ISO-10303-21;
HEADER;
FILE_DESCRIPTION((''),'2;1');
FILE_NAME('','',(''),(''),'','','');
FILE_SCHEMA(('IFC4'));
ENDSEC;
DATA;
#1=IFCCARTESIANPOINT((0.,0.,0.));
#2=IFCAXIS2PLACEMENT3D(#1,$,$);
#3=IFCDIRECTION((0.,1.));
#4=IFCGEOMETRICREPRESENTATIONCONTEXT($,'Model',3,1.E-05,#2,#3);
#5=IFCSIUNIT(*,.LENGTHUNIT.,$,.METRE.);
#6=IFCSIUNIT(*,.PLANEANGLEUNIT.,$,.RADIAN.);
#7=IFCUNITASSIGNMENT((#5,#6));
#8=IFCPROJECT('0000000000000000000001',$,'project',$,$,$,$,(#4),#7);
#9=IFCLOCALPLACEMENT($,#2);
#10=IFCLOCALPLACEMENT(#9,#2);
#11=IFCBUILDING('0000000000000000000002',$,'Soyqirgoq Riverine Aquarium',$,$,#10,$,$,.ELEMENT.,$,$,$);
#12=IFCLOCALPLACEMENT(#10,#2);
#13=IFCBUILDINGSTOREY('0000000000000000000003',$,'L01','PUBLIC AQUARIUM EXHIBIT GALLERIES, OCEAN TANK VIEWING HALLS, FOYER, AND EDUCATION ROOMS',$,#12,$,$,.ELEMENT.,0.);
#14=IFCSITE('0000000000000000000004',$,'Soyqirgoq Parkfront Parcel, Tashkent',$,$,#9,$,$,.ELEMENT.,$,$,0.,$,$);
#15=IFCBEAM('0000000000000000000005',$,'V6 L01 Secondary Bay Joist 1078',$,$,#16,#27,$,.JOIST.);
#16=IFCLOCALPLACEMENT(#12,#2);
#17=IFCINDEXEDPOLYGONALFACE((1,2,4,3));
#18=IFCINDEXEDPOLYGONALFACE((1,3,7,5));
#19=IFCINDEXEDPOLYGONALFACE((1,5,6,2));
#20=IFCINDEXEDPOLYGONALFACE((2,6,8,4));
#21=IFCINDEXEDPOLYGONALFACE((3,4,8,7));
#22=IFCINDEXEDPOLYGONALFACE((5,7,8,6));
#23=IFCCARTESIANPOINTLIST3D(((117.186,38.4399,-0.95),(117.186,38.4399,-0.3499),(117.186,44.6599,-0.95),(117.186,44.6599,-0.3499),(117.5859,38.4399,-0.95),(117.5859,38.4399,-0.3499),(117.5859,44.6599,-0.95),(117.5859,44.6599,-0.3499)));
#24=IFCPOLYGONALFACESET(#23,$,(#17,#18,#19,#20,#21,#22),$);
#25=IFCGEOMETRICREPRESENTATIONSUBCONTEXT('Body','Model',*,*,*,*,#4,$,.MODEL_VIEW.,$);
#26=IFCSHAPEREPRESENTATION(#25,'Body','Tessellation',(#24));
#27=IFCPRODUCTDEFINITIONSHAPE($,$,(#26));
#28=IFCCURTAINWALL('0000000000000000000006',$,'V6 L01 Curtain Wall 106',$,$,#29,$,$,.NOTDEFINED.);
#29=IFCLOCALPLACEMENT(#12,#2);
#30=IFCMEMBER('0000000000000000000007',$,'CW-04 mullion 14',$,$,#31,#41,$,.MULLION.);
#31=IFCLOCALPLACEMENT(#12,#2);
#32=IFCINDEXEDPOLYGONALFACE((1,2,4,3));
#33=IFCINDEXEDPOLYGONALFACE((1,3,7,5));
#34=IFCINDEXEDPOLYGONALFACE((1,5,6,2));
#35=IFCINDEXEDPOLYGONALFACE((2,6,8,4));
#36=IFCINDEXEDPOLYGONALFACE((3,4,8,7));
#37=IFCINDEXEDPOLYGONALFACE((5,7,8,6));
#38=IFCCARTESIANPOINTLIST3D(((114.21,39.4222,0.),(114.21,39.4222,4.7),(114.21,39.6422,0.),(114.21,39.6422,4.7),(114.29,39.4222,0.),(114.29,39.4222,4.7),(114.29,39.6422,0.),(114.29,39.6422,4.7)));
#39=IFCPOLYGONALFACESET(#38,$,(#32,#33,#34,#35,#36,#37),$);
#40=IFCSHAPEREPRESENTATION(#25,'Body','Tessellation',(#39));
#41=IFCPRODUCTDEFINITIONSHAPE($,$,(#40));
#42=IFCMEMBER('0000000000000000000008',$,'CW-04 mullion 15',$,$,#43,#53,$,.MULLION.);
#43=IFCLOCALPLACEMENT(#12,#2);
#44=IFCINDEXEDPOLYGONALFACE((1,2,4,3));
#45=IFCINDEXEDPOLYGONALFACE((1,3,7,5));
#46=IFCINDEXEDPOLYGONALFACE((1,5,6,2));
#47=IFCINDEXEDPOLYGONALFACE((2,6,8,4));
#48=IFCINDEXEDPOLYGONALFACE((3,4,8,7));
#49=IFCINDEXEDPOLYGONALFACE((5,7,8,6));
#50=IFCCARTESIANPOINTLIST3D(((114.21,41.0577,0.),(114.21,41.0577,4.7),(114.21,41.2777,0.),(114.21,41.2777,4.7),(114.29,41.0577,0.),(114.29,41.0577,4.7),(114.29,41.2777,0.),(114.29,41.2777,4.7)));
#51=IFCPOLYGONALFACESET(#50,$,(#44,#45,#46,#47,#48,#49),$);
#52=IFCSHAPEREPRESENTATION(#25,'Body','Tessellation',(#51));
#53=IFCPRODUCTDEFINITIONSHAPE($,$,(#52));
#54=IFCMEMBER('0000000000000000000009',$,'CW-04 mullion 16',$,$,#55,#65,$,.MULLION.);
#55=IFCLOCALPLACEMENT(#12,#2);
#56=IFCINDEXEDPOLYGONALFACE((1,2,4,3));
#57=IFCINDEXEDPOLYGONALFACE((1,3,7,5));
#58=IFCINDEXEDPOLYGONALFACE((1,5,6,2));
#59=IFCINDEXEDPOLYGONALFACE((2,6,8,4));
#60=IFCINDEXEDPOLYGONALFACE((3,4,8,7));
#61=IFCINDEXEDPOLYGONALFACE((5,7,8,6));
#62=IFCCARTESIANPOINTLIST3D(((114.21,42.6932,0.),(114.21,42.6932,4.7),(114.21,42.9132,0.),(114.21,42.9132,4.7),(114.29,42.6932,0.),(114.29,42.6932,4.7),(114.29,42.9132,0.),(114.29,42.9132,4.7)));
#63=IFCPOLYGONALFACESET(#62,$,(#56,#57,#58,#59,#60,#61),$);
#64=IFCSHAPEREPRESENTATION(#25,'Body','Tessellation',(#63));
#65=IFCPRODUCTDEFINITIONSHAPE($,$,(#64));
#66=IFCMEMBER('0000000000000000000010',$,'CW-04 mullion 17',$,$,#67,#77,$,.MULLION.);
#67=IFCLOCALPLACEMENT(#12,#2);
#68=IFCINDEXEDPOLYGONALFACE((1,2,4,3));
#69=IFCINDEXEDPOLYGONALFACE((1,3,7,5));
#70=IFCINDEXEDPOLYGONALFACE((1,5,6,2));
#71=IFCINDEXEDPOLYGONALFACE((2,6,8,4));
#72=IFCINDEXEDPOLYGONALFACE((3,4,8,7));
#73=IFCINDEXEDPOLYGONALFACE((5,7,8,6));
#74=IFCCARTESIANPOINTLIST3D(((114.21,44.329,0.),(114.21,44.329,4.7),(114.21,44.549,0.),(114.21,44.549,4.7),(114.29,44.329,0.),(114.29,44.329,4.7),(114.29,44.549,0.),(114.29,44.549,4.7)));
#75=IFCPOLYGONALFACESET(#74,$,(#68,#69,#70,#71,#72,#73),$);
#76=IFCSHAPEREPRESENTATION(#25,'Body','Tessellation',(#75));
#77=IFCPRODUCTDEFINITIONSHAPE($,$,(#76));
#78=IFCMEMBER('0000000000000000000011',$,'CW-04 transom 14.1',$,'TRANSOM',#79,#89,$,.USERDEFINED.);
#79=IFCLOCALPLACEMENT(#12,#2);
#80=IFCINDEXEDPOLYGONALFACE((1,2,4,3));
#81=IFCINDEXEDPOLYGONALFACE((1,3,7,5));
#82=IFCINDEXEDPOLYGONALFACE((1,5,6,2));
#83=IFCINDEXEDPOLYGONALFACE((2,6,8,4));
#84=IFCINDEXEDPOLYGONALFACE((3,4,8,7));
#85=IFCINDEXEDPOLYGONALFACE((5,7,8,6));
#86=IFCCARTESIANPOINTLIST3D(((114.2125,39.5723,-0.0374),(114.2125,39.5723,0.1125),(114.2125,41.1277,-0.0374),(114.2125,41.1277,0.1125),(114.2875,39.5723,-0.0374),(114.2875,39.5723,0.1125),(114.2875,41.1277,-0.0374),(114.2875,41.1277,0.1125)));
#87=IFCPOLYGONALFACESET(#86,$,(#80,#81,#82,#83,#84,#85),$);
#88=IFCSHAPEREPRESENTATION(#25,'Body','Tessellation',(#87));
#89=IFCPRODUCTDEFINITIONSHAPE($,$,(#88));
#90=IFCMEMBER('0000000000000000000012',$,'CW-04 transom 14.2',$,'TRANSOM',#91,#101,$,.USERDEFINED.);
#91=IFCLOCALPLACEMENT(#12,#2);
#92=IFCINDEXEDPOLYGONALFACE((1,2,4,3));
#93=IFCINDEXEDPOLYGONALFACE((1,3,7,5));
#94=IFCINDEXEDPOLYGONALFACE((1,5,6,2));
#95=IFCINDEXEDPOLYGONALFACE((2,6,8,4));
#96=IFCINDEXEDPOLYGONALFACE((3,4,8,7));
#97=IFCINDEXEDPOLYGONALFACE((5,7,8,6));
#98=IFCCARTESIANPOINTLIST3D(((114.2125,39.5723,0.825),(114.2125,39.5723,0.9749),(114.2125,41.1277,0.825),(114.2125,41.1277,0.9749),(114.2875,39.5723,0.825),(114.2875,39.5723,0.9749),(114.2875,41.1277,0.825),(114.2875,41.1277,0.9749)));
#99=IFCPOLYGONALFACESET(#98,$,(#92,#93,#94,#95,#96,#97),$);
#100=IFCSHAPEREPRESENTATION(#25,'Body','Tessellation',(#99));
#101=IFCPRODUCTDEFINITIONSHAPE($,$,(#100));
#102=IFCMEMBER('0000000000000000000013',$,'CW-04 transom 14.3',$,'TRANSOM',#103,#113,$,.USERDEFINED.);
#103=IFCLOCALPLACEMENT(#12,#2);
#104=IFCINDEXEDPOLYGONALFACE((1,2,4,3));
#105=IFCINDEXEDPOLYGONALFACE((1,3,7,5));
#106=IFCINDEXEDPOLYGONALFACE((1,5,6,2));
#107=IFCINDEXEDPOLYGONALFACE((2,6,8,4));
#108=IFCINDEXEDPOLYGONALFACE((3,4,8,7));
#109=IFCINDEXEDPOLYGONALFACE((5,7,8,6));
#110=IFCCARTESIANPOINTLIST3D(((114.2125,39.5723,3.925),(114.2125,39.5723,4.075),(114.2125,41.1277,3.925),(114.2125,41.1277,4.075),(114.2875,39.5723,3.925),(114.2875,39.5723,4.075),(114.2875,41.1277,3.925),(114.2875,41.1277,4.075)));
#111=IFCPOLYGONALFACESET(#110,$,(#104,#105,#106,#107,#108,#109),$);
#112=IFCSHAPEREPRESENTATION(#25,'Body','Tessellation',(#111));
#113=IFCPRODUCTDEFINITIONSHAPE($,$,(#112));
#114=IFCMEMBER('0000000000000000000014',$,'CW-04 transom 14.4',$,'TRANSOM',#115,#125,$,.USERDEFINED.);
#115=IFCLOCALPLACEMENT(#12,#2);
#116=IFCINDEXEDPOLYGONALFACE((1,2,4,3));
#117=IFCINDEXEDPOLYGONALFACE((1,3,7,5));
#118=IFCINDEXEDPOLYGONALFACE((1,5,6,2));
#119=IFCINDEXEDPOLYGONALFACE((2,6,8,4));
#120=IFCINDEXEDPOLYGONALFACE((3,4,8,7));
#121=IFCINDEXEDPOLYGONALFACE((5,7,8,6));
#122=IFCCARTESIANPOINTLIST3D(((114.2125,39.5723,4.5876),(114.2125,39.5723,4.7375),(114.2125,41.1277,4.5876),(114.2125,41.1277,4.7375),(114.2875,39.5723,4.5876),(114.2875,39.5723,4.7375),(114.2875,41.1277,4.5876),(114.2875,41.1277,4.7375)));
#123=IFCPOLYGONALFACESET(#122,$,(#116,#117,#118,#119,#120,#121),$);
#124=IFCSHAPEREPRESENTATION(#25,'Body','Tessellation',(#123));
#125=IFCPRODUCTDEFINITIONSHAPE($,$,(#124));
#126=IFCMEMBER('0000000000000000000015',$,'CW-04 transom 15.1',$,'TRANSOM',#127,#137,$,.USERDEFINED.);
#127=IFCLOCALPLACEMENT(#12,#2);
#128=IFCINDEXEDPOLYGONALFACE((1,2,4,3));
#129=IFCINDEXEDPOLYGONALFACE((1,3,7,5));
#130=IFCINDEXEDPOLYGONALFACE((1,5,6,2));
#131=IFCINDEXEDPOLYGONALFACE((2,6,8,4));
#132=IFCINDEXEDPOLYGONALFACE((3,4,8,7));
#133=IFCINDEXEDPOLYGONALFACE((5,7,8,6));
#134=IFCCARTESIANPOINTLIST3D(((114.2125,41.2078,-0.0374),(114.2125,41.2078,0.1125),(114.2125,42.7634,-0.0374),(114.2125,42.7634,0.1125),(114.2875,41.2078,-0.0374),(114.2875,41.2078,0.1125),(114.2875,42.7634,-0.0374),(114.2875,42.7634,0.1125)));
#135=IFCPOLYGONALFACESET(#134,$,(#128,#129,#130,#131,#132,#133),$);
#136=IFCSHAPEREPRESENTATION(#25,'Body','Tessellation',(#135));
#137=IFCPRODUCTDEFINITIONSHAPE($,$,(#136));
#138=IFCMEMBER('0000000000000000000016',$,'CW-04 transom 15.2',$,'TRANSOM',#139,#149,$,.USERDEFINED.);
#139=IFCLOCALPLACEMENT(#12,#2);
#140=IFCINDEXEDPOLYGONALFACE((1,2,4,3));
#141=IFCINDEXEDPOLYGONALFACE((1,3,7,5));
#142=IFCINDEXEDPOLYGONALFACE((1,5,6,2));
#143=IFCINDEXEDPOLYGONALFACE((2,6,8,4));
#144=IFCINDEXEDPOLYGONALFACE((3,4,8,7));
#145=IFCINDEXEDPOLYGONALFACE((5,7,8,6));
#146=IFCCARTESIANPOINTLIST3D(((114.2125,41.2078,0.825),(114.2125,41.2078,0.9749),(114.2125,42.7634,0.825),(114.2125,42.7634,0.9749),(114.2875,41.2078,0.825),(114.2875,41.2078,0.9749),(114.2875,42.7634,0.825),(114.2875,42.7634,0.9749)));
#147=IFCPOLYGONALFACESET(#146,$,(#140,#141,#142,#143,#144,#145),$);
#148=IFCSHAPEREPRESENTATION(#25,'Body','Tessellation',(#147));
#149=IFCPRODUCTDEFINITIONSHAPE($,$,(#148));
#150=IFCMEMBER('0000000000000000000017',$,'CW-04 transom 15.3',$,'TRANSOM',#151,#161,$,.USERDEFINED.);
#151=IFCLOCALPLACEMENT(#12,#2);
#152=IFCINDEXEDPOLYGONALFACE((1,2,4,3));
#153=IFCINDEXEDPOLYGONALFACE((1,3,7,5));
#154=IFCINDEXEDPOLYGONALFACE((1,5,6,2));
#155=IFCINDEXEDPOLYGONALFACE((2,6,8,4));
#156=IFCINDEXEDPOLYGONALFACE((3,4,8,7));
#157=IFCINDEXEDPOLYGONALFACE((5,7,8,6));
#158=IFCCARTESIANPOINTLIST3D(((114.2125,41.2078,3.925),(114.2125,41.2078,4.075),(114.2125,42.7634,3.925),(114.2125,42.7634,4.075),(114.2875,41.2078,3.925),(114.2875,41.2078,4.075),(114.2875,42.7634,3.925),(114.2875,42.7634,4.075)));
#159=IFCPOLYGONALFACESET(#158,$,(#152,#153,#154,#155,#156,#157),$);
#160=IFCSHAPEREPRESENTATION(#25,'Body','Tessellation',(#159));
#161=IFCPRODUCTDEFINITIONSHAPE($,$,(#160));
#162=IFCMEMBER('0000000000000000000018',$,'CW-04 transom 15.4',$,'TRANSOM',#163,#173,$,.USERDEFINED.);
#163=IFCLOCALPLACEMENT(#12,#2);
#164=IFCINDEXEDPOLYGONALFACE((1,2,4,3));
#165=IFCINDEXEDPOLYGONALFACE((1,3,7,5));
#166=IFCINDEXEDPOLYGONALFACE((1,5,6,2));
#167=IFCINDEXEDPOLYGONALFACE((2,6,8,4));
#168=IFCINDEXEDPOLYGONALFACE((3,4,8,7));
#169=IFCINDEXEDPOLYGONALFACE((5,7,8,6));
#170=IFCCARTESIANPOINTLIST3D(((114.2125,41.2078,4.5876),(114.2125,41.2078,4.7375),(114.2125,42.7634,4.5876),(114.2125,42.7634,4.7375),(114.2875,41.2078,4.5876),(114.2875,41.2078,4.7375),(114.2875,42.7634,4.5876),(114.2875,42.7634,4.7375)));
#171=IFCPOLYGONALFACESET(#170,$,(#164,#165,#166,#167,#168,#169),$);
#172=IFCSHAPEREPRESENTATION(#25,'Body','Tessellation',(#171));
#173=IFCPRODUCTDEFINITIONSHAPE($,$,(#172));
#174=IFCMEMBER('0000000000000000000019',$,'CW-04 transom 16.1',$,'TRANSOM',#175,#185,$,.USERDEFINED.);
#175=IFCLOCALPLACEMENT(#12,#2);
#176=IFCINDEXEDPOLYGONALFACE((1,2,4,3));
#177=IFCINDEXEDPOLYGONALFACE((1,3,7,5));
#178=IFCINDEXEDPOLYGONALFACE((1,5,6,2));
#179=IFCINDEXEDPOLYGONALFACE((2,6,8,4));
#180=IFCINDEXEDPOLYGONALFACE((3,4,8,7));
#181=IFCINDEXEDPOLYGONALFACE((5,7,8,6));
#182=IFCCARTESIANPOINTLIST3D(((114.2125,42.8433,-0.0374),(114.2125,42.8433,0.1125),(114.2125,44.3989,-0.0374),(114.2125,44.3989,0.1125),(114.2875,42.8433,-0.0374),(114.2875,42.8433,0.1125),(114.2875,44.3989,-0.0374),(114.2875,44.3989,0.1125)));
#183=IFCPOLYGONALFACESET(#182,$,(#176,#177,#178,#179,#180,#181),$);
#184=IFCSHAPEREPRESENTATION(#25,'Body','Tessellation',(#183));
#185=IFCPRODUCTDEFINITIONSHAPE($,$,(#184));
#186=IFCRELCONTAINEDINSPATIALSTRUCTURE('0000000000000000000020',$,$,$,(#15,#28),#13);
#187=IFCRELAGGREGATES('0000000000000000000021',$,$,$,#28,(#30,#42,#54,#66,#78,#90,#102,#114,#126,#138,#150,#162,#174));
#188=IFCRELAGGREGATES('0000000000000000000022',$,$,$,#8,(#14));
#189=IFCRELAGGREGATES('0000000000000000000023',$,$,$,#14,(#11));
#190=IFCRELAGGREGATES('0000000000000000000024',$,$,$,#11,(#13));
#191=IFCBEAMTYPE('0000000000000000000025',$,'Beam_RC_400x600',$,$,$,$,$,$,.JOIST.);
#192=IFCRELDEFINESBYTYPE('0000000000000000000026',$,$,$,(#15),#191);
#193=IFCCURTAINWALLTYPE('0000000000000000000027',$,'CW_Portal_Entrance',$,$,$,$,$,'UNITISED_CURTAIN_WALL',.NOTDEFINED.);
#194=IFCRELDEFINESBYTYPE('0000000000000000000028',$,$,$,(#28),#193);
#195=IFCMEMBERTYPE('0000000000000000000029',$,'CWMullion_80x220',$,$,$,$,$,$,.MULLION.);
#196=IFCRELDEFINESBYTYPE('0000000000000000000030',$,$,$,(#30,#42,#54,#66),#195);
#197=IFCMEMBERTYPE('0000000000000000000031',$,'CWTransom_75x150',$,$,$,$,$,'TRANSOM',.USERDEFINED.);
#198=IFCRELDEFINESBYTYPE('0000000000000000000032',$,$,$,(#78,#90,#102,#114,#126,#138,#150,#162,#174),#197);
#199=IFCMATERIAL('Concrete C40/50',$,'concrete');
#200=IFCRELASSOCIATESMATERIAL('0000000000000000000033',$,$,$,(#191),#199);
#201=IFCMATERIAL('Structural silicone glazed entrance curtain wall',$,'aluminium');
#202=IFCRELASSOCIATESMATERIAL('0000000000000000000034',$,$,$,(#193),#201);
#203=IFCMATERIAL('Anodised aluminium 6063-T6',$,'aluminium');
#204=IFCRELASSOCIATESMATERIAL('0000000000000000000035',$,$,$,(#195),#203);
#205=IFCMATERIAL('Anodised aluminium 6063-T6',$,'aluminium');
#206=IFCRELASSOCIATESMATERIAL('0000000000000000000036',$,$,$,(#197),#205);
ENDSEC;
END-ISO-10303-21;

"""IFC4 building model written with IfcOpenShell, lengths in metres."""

from ifc_helpers import new_model, si_unit, direction, frame, origin, origin_2d, place, context, subcontext, project, spatial, rectangle, extrude, material, material_profile, profile_set, type_object, element, aggregate, save


model = new_model("IFC4")

# Units and contexts
model_context = context("Model", 3, precision=1e-05, world=origin(), true_north=direction((0.0, 1.0)))
body_context = subcontext(model_context, "Body", "Model", "MODEL_VIEW")
ifc_project = project(units=[si_unit("LENGTHUNIT", "METRE"), si_unit("PLANEANGLEUNIT", "RADIAN")], contexts=[model_context])

# Site, building, storey
site_placement = place(None, origin())
site = spatial("IfcSite", under=ifc_project, at=site_placement, Name="Soyqirgoq Parkfront Parcel, Tashkent", CompositionType="ELEMENT", RefElevation=0.0)
building_placement = place(site_placement, origin())
building = spatial("IfcBuilding", under=site, at=building_placement, Name="Soyqirgoq Riverine Aquarium", CompositionType="ELEMENT")
storey_placement = place(building_placement, origin())
storey = spatial("IfcBuildingStorey", under=building, at=storey_placement, Name="L01", Description="PUBLIC AQUARIUM EXHIBIT GALLERIES, OCEAN TANK VIEWING HALLS, FOYER, AND EDUCATION ROOMS", CompositionType="ELEMENT", Elevation=0.0)

# Beam
ifc_material_1 = material(Name="Concrete C40/50", Category="concrete")
ifc_material_profile_1 = material_profile(ifc_material_1, rectangle(XDim=0.3999, YDim=0.6001, at=origin_2d()), Name="RC 400x600")
ifc_profile_set_1 = profile_set([ifc_material_profile_1], Name="Concrete C40/50")
beam_type_1 = type_object("IfcBeamType", Name="Beam_RC_400x600", PredefinedType="JOIST", material=ifc_profile_set_1)
beam_1_placement = place(storey_placement, frame((117.386, 38.4399, -0.6499), z_axis=(0.0, 1.0, 0.0), x_axis=(-1.0, 0.0, 0.0)))
element("IfcBeam", 1, at=beam_1_placement, inside=storey, type_object=beam_type_1, Name="V6 L01 Secondary Bay Joist 1078", PredefinedType="JOIST", context=body_context, shape_type="SweptSolid", body=[
    extrude(rectangle(XDim=0.3999, YDim=0.6001, at=origin_2d()), origin(), (0.0, 0.0, 1.0), 6.22),
])

# Curtain wall, members
ifc_material_2 = material(Name="Structural silicone glazed entrance curtain wall", Category="aluminium")
curtain_wall_type = type_object("IfcCurtainWallType", Name="CW_Portal_Entrance", ElementType="UNITISED_CURTAIN_WALL", PredefinedType="NOTDEFINED", material=ifc_material_2)
curtain_wall_placement = place(storey_placement, origin())
curtain_wall = element("IfcCurtainWall", 2, at=curtain_wall_placement, inside=storey, type_object=curtain_wall_type, Name="V6 L01 Curtain Wall 106", PredefinedType="NOTDEFINED")
ifc_material_3 = material(Name="Anodised aluminium 6063-T6", Category="aluminium")
ifc_material_profile_2 = material_profile(ifc_material_3, rectangle(XDim=0.0801, YDim=0.22, at=origin_2d()), Name="ALU-M 80x220")
ifc_profile_set_2 = profile_set([ifc_material_profile_2], Name="Anodised aluminium 6063-T6")
member_type_1 = type_object("IfcMemberType", Name="CWMullion_80x220", PredefinedType="MULLION", material=ifc_profile_set_2)
member_1_placement = place(storey_placement, frame((114.25, 39.5322, 0.0), z_axis=(0.0, 0.0, 1.0), x_axis=(-1.0, 0.0, 0.0)))
member_1 = element("IfcMember", 3, at=member_1_placement, type_object=member_type_1, Name="CW-04 mullion 14", PredefinedType="MULLION", context=body_context, shape_type="SweptSolid", body=[
    extrude(rectangle(XDim=0.0801, YDim=0.22, at=origin_2d()), origin(), (0.0, 0.0, 1.0), 4.7),
])
member_2_placement = place(storey_placement, frame((114.25, 41.1677, 0.0), z_axis=(0.0, 0.0, 1.0), x_axis=(-1.0, 0.0, 0.0)))
member_2 = element("IfcMember", 4, at=member_2_placement, type_object=member_type_1, Name="CW-04 mullion 15", PredefinedType="MULLION", context=body_context, shape_type="SweptSolid", body=[
    extrude(rectangle(XDim=0.0801, YDim=0.22, at=origin_2d()), origin(), (0.0, 0.0, 1.0), 4.7),
])
member_3_placement = place(storey_placement, frame((114.25, 42.8032, 0.0), z_axis=(0.0, 0.0, 1.0), x_axis=(-1.0, 0.0, 0.0)))
member_3 = element("IfcMember", 5, at=member_3_placement, type_object=member_type_1, Name="CW-04 mullion 16", PredefinedType="MULLION", context=body_context, shape_type="SweptSolid", body=[
    extrude(rectangle(XDim=0.0801, YDim=0.22, at=origin_2d()), origin(), (0.0, 0.0, 1.0), 4.7),
])
member_4_placement = place(storey_placement, frame((114.25, 44.439, 0.0), z_axis=(0.0, 0.0, 1.0), x_axis=(-1.0, 0.0, 0.0)))
member_4 = element("IfcMember", 6, at=member_4_placement, type_object=member_type_1, Name="CW-04 mullion 17", PredefinedType="MULLION", context=body_context, shape_type="SweptSolid", body=[
    extrude(rectangle(XDim=0.0801, YDim=0.22, at=origin_2d()), origin(), (0.0, 0.0, 1.0), 4.7),
])
ifc_material_4 = material(Name="Anodised aluminium 6063-T6", Category="aluminium")
ifc_material_profile_3 = material_profile(ifc_material_4, rectangle(XDim=0.075, YDim=0.1499, at=origin_2d()), Name="ALU-T 75x150")
ifc_profile_set_3 = profile_set([ifc_material_profile_3], Name="Anodised aluminium 6063-T6")
member_type_2 = type_object("IfcMemberType", Name="CWTransom_75x150", ElementType="TRANSOM", PredefinedType="USERDEFINED", material=ifc_profile_set_3)
member_5_placement = place(storey_placement, frame((114.25, 39.5723, 0.0376), z_axis=(0.0, 1.0, 0.0), x_axis=(-1.0, 0.0, 0.0)))
member_5 = element("IfcMember", 7, at=member_5_placement, type_object=member_type_2, Name="CW-04 transom 14.1", ObjectType="TRANSOM", PredefinedType="USERDEFINED", context=body_context, shape_type="SweptSolid", body=[
    extrude(rectangle(XDim=0.075, YDim=0.1499, at=origin_2d()), origin(), (0.0, 0.0, 1.0), 1.5554),
])
member_6_placement = place(storey_placement, frame((114.25, 39.5723, 0.8999), z_axis=(0.0, 1.0, 0.0), x_axis=(-1.0, 0.0, 0.0)))
member_6 = element("IfcMember", 8, at=member_6_placement, type_object=member_type_2, Name="CW-04 transom 14.2", ObjectType="TRANSOM", PredefinedType="USERDEFINED", context=body_context, shape_type="SweptSolid", body=[
    extrude(rectangle(XDim=0.075, YDim=0.1499, at=origin_2d()), origin(), (0.0, 0.0, 1.0), 1.5554),
])
member_7_placement = place(storey_placement, frame((114.25, 39.5723, 4.0), z_axis=(0.0, 1.0, 0.0), x_axis=(-1.0, 0.0, 0.0)))
member_7 = element("IfcMember", 9, at=member_7_placement, type_object=member_type_2, Name="CW-04 transom 14.3", ObjectType="TRANSOM", PredefinedType="USERDEFINED", context=body_context, shape_type="SweptSolid", body=[
    extrude(rectangle(XDim=0.075, YDim=0.1499, at=origin_2d()), origin(), (0.0, 0.0, 1.0), 1.5554),
])
member_8_placement = place(storey_placement, frame((114.25, 39.5723, 4.6626), z_axis=(0.0, 1.0, 0.0), x_axis=(-1.0, 0.0, 0.0)))
member_8 = element("IfcMember", 10, at=member_8_placement, type_object=member_type_2, Name="CW-04 transom 14.4", ObjectType="TRANSOM", PredefinedType="USERDEFINED", context=body_context, shape_type="SweptSolid", body=[
    extrude(rectangle(XDim=0.075, YDim=0.1499, at=origin_2d()), origin(), (0.0, 0.0, 1.0), 1.5554),
])
member_9_placement = place(storey_placement, frame((114.25, 41.2078, 0.0376), z_axis=(0.0, 1.0, 0.0), x_axis=(-1.0, 0.0, 0.0)))
member_9 = element("IfcMember", 11, at=member_9_placement, type_object=member_type_2, Name="CW-04 transom 15.1", ObjectType="TRANSOM", PredefinedType="USERDEFINED", context=body_context, shape_type="SweptSolid", body=[
    extrude(rectangle(XDim=0.075, YDim=0.1499, at=origin_2d()), origin(), (0.0, 0.0, 1.0), 1.5557),
])
member_10_placement = place(storey_placement, frame((114.25, 41.2078, 0.8999), z_axis=(0.0, 1.0, 0.0), x_axis=(-1.0, 0.0, 0.0)))
member_10 = element("IfcMember", 12, at=member_10_placement, type_object=member_type_2, Name="CW-04 transom 15.2", ObjectType="TRANSOM", PredefinedType="USERDEFINED", context=body_context, shape_type="SweptSolid", body=[
    extrude(rectangle(XDim=0.075, YDim=0.1499, at=origin_2d()), origin(), (0.0, 0.0, 1.0), 1.5557),
])
member_11_placement = place(storey_placement, frame((114.25, 41.2078, 4.0), z_axis=(0.0, 1.0, 0.0), x_axis=(-1.0, 0.0, 0.0)))
member_11 = element("IfcMember", 13, at=member_11_placement, type_object=member_type_2, Name="CW-04 transom 15.3", ObjectType="TRANSOM", PredefinedType="USERDEFINED", context=body_context, shape_type="SweptSolid", body=[
    extrude(rectangle(XDim=0.075, YDim=0.1499, at=origin_2d()), origin(), (0.0, 0.0, 1.0), 1.5557),
])
member_12_placement = place(storey_placement, frame((114.25, 41.2078, 4.6626), z_axis=(0.0, 1.0, 0.0), x_axis=(-1.0, 0.0, 0.0)))
member_12 = element("IfcMember", 14, at=member_12_placement, type_object=member_type_2, Name="CW-04 transom 15.4", ObjectType="TRANSOM", PredefinedType="USERDEFINED", context=body_context, shape_type="SweptSolid", body=[
    extrude(rectangle(XDim=0.075, YDim=0.1499, at=origin_2d()), origin(), (0.0, 0.0, 1.0), 1.5557),
])
member_13_placement = place(storey_placement, frame((114.25, 42.8433, 0.0376), z_axis=(0.0, 1.0, 0.0), x_axis=(-1.0, 0.0, 0.0)))
member_13 = element("IfcMember", 15, at=member_13_placement, type_object=member_type_2, Name="CW-04 transom 16.1", ObjectType="TRANSOM", PredefinedType="USERDEFINED", context=body_context, shape_type="SweptSolid", body=[
    extrude(rectangle(XDim=0.075, YDim=0.1499, at=origin_2d()), origin(), (0.0, 0.0, 1.0), 1.5557),
])

aggregate(curtain_wall, [member_1, member_2, member_3, member_4, member_5, member_6, member_7, member_8, member_9, member_10, member_11, member_12, member_13])

save(model, "model.ifc")
